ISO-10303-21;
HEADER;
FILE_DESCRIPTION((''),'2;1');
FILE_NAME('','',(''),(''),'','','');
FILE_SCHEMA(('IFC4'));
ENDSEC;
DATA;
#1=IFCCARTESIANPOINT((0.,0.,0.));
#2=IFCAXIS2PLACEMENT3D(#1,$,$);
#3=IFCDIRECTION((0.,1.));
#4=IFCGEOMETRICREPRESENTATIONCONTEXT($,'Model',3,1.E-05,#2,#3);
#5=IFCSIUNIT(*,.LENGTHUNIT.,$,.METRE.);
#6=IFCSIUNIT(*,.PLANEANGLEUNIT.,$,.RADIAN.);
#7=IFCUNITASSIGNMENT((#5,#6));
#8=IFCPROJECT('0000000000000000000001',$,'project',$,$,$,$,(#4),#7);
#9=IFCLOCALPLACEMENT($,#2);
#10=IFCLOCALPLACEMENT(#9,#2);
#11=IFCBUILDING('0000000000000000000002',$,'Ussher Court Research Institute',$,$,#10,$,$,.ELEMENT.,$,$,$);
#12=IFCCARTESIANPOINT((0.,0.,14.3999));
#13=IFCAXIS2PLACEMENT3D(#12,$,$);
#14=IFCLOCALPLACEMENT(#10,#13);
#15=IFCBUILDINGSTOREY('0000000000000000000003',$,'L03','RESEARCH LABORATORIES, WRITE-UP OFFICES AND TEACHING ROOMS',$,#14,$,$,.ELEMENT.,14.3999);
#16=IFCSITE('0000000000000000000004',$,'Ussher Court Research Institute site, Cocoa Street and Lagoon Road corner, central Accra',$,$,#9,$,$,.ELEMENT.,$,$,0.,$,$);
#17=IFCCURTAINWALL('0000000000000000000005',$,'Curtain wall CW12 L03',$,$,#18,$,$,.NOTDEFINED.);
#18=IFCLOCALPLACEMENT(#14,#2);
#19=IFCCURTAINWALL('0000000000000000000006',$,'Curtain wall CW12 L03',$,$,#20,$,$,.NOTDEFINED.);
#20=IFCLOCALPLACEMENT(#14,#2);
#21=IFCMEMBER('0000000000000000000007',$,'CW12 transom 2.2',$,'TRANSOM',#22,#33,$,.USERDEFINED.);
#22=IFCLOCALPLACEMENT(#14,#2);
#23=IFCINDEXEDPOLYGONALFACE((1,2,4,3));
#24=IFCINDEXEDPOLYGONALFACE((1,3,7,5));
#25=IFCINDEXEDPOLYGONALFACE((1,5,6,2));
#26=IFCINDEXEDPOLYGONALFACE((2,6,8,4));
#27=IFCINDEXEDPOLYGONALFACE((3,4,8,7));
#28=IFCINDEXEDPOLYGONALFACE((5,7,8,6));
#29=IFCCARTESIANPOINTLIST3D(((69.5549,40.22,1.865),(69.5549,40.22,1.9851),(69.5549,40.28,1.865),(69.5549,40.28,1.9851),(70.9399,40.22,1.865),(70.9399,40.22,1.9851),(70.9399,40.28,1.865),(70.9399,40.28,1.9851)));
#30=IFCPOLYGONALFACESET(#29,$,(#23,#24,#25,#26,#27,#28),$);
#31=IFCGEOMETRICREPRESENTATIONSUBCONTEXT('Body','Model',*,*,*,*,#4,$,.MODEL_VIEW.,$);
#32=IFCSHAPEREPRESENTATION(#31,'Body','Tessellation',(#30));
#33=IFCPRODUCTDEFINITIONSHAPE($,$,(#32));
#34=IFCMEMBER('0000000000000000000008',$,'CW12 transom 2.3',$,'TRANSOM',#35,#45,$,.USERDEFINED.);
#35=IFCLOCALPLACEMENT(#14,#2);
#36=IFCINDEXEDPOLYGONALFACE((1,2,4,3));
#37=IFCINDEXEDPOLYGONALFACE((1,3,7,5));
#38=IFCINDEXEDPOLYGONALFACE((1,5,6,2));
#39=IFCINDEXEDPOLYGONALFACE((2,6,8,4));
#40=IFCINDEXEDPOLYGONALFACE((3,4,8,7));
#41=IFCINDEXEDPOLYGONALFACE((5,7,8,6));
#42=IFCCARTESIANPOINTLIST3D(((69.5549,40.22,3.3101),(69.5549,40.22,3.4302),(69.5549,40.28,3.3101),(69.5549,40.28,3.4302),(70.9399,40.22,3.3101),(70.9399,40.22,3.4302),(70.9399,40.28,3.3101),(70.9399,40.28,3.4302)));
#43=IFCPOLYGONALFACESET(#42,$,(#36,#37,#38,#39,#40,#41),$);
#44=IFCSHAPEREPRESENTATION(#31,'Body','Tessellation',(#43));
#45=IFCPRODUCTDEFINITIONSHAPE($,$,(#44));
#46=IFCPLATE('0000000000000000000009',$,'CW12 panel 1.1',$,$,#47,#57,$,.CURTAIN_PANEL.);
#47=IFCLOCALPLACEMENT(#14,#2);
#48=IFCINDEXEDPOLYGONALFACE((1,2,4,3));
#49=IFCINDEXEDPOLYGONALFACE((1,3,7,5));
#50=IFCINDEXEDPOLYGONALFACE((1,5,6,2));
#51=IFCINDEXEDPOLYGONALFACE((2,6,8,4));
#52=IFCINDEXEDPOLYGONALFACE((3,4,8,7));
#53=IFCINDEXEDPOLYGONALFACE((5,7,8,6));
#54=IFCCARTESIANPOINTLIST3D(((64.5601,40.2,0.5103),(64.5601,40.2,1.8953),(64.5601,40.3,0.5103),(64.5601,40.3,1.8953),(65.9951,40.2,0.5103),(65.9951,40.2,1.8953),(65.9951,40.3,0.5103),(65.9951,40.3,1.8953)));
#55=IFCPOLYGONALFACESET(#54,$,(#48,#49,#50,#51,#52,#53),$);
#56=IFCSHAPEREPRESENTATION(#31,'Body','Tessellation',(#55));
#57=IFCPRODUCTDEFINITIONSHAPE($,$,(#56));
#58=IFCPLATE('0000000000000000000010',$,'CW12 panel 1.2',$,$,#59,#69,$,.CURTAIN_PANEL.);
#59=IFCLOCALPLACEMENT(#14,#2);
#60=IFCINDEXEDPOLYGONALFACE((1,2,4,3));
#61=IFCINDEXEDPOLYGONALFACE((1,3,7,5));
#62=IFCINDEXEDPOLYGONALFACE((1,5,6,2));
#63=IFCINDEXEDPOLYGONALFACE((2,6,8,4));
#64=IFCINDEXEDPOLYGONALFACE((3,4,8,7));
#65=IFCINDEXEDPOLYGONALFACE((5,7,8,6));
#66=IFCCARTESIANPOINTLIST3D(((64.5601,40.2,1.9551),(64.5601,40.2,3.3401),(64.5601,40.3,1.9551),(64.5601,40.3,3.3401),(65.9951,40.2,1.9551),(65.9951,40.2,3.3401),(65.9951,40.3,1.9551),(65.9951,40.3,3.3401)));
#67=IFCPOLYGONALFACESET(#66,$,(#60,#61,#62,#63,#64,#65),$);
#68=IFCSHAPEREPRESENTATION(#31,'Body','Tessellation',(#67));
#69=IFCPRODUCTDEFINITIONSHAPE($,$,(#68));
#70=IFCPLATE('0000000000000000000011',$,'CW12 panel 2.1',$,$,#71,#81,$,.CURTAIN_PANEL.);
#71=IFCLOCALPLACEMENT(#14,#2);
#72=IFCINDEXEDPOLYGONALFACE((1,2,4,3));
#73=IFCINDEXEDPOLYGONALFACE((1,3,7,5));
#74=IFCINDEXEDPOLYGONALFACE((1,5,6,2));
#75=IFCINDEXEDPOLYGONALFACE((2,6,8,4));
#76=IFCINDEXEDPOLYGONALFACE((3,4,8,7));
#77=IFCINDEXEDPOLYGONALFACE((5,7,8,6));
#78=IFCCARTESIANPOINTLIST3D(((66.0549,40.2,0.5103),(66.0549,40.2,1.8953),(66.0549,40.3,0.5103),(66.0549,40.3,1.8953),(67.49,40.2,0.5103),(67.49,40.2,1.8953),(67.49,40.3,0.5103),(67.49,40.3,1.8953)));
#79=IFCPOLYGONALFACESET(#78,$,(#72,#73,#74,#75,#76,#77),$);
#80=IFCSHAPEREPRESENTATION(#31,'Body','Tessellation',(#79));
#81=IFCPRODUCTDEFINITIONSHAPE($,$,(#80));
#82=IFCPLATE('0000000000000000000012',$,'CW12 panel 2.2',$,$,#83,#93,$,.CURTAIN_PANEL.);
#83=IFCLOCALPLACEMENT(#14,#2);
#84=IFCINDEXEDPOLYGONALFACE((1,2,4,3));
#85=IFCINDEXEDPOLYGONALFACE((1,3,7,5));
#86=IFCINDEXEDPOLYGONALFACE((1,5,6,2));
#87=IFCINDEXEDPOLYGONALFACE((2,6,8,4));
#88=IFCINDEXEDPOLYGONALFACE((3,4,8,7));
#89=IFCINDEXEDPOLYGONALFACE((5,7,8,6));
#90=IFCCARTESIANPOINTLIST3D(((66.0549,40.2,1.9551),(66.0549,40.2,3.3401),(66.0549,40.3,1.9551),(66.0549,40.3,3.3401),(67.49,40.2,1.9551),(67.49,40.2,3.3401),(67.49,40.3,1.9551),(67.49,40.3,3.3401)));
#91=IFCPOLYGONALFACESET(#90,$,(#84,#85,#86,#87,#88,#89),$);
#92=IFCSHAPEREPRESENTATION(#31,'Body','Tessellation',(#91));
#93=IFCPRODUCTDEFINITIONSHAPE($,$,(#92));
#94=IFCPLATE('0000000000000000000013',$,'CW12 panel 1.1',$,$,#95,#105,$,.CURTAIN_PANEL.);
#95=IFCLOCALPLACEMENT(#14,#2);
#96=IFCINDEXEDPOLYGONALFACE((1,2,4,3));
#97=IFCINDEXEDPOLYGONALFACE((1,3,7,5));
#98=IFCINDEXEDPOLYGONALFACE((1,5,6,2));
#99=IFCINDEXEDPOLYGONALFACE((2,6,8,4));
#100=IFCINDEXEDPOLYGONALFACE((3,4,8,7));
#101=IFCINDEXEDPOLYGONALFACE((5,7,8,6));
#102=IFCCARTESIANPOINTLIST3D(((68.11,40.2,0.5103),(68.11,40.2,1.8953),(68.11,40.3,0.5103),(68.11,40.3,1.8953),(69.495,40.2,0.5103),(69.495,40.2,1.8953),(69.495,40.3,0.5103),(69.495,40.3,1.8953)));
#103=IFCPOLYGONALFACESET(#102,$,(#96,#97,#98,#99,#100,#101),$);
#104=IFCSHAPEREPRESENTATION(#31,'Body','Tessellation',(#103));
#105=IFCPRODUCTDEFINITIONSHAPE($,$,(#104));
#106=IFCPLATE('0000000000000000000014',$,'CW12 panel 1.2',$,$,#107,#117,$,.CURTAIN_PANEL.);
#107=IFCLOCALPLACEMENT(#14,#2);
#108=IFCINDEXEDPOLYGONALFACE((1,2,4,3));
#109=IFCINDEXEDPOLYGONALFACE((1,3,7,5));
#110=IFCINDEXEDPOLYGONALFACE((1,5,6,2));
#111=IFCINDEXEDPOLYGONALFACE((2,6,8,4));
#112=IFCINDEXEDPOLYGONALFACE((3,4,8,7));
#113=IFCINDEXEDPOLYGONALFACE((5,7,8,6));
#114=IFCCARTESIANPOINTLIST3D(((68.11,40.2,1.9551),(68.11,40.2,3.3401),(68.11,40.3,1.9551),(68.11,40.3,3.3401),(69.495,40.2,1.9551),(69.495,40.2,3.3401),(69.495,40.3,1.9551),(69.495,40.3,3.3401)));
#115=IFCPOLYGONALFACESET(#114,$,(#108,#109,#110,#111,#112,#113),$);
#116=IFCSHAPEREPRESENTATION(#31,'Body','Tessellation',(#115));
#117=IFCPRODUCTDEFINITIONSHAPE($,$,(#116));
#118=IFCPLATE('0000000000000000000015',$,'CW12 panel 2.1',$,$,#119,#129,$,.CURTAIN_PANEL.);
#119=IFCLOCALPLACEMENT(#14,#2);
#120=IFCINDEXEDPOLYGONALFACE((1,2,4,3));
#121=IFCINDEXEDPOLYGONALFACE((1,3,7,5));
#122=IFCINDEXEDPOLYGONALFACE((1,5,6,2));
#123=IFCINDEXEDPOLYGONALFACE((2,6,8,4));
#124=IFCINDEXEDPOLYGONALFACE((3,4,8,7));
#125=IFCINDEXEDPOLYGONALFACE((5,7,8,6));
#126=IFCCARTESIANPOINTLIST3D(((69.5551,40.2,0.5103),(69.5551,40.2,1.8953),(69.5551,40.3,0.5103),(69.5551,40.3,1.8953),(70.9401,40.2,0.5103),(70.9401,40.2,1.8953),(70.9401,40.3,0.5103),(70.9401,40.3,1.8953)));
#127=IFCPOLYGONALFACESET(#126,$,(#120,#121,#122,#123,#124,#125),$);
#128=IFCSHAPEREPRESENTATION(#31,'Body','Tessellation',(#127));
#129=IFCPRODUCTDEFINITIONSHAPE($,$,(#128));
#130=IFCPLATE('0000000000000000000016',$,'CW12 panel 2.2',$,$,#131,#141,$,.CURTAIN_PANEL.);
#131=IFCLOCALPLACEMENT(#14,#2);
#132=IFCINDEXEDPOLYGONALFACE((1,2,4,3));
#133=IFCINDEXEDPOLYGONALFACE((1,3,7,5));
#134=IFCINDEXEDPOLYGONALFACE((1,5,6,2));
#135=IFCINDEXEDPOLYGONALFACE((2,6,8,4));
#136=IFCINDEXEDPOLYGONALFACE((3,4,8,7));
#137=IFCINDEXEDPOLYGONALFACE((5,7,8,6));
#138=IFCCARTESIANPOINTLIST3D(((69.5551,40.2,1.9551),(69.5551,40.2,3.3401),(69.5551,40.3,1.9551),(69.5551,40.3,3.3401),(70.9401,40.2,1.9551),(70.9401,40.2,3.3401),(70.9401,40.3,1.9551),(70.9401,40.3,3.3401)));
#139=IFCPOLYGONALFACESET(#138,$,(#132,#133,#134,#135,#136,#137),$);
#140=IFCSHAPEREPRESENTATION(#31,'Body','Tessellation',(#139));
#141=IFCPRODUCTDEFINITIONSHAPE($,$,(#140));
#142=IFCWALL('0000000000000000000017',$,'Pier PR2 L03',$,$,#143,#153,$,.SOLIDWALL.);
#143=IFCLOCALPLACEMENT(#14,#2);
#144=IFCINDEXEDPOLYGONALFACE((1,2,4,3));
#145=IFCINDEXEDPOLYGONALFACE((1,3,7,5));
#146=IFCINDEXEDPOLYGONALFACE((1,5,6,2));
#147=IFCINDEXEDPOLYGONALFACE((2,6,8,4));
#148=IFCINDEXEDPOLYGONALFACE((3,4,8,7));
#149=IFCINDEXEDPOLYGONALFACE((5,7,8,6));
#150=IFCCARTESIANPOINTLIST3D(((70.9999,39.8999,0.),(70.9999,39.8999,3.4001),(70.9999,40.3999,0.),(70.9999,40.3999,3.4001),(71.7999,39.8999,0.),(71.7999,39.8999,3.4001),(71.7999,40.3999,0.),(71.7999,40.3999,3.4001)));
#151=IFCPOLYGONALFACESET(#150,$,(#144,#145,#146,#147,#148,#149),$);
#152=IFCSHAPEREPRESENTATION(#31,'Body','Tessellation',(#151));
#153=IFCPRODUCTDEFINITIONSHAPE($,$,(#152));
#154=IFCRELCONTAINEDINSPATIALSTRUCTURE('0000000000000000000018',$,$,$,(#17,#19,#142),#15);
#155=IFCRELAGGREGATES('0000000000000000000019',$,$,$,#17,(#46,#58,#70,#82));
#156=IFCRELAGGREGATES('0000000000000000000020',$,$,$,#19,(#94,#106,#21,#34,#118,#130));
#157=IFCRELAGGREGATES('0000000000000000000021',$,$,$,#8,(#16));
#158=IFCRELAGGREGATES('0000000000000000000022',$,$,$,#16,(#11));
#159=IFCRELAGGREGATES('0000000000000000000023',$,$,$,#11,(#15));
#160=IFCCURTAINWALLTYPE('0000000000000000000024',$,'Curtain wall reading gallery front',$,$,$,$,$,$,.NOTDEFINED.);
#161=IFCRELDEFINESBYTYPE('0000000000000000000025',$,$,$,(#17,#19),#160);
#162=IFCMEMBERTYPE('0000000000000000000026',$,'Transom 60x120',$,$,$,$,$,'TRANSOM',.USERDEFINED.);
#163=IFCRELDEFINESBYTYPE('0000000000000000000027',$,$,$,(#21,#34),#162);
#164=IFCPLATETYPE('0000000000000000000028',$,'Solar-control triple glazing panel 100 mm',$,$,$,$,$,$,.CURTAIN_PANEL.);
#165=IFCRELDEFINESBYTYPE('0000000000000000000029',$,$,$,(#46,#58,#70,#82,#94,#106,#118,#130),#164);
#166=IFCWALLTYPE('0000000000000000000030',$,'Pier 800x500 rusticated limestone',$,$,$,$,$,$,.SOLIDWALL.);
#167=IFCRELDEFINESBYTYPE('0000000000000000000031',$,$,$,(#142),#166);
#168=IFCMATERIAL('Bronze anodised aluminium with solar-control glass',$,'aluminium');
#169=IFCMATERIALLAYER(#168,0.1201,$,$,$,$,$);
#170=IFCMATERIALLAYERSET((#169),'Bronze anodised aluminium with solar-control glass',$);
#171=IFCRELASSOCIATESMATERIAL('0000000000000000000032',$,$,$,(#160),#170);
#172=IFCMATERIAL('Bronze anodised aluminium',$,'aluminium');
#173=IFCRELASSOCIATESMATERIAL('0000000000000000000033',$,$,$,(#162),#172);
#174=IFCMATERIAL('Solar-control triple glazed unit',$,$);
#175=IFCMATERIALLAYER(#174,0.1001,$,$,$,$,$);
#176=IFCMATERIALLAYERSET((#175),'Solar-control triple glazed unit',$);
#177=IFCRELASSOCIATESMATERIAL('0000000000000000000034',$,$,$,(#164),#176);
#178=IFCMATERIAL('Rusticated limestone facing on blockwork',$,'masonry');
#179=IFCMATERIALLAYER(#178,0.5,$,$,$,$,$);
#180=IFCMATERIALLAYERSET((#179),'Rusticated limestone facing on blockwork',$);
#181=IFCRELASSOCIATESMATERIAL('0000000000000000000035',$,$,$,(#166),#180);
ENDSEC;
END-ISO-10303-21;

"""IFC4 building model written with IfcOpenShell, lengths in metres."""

from ifc_helpers import new_model, si_unit, direction, frame, frame_2d, origin, origin_2d, place, context, subcontext, project, spatial, rectangle, extrude, material, layer, layer_set, material_profile, profile_set, type_object, element, aggregate, save


model = new_model("IFC4")

# Units and contexts
model_context = context("Model", 3, precision=1e-05, world=origin(), true_north=direction((0.0, 1.0)))
body_context = subcontext(model_context, "Body", "Model", "MODEL_VIEW")
ifc_project = project(units=[si_unit("LENGTHUNIT", "METRE"), si_unit("PLANEANGLEUNIT", "RADIAN")], contexts=[model_context])

# Site, building, storey
site_placement = place(None, origin())
site = spatial("IfcSite", under=ifc_project, at=site_placement, Name="Ussher Court Research Institute site, Cocoa Street and Lagoon Road corner, central Accra", CompositionType="ELEMENT", RefElevation=0.0)
building_placement = place(site_placement, origin())
building = spatial("IfcBuilding", under=site, at=building_placement, Name="Ussher Court Research Institute", CompositionType="ELEMENT")
storey_placement = place(building_placement, frame((0.0, 0.0, 14.3999)))
storey = spatial("IfcBuildingStorey", under=building, at=storey_placement, Name="L03", Description="RESEARCH LABORATORIES, WRITE-UP OFFICES AND TEACHING ROOMS", CompositionType="ELEMENT", Elevation=14.3999)

# Curtain walls
ifc_material_1 = material(Name="Bronze anodised aluminium with solar-control glass", Category="aluminium")
ifc_layer_1 = layer(ifc_material_1, 0.1201)
ifc_layer_set_1 = layer_set([ifc_layer_1], Name="Bronze anodised aluminium with solar-control glass")
curtain_wall_type = type_object("IfcCurtainWallType", Name="Curtain wall reading gallery front", PredefinedType="NOTDEFINED", material=ifc_layer_set_1)
curtain_wall_1_placement = place(storey_placement, origin())
curtain_wall_1 = element("IfcCurtainWall", 1, at=curtain_wall_1_placement, inside=storey, type_object=curtain_wall_type, Name="Curtain wall CW12 L03", PredefinedType="NOTDEFINED")
curtain_wall_2_placement = place(storey_placement, origin())
curtain_wall_2 = element("IfcCurtainWall", 2, at=curtain_wall_2_placement, inside=storey, type_object=curtain_wall_type, Name="Curtain wall CW12 L03", PredefinedType="NOTDEFINED")

# Members
ifc_material_2 = material(Name="Bronze anodised aluminium", Category="aluminium")
ifc_material_profile_1 = material_profile(ifc_material_2, rectangle(XDim=0.0601, YDim=0.1201, at=origin_2d()), Name="Transom 60x120")
ifc_profile_set_1 = profile_set([ifc_material_profile_1], Name="Bronze anodised aluminium")
member_type_1 = type_object("IfcMemberType", Name="Transom 60x120", ElementType="TRANSOM", PredefinedType="USERDEFINED", material=ifc_profile_set_1)
member_1_placement = place(storey_placement, frame((69.5549, 40.25, 1.925), z_axis=(1.0, 0.0, 0.0), x_axis=(0.0, 1.0, 0.0)))
member_1 = element("IfcMember", 3, at=member_1_placement, type_object=member_type_1, Name="CW12 transom 2.2", ObjectType="TRANSOM", PredefinedType="USERDEFINED", context=body_context, shape_type="SweptSolid", body=[
    extrude(rectangle(XDim=0.0601, YDim=0.1201, at=origin_2d()), origin(), (0.0, 0.0, 1.0), 1.385),
])
member_2_placement = place(storey_placement, frame((69.5549, 40.25, 3.3701), z_axis=(1.0, 0.0, 0.0), x_axis=(0.0, 1.0, 0.0)))
member_2 = element("IfcMember", 4, at=member_2_placement, type_object=member_type_1, Name="CW12 transom 2.3", ObjectType="TRANSOM", PredefinedType="USERDEFINED", context=body_context, shape_type="SweptSolid", body=[
    extrude(rectangle(XDim=0.0601, YDim=0.1201, at=origin_2d()), origin(), (0.0, 0.0, 1.0), 1.385),
])

# Plates
ifc_material_3 = material(Name="Solar-control triple glazed unit")
ifc_layer_2 = layer(ifc_material_3, 0.1001)
ifc_layer_set_2 = layer_set([ifc_layer_2], Name="Solar-control triple glazed unit")
plate_type = type_object("IfcPlateType", Name="Solar-control triple glazing panel 100 mm", PredefinedType="CURTAIN_PANEL", material=ifc_layer_set_2)
plate_1_placement = place(storey_placement, frame((65.2776, 40.25, 0.5103), z_axis=(0.0, 0.0, 1.0), x_axis=(1.0, 0.0, 0.0)))
plate_1 = element("IfcPlate", 5, at=plate_1_placement, type_object=plate_type, Name="CW12 panel 1.1", PredefinedType="CURTAIN_PANEL", context=body_context, shape_type="SweptSolid", body=[
    extrude(rectangle(XDim=1.4351, YDim=0.1001, at=origin_2d()), origin(), (0.0, 0.0, 1.0), 1.385),
])
plate_2_placement = place(storey_placement, frame((65.2776, 40.25, 1.9551), z_axis=(0.0, 0.0, 1.0), x_axis=(1.0, 0.0, 0.0)))
plate_2 = element("IfcPlate", 6, at=plate_2_placement, type_object=plate_type, Name="CW12 panel 1.2", PredefinedType="CURTAIN_PANEL", context=body_context, shape_type="SweptSolid", body=[
    extrude(rectangle(XDim=1.4351, YDim=0.1001, at=origin_2d()), origin(), (0.0, 0.0, 1.0), 1.385),
])
plate_3_placement = place(storey_placement, frame((66.7725, 40.25, 0.5103), z_axis=(0.0, 0.0, 1.0), x_axis=(1.0, 0.0, 0.0)))
plate_3 = element("IfcPlate", 7, at=plate_3_placement, type_object=plate_type, Name="CW12 panel 2.1", PredefinedType="CURTAIN_PANEL", context=body_context, shape_type="SweptSolid", body=[
    extrude(rectangle(XDim=1.4351, YDim=0.1001, at=origin_2d()), origin(), (0.0, 0.0, 1.0), 1.385),
])
plate_4_placement = place(storey_placement, frame((66.7725, 40.25, 1.9551), z_axis=(0.0, 0.0, 1.0), x_axis=(1.0, 0.0, 0.0)))
plate_4 = element("IfcPlate", 8, at=plate_4_placement, type_object=plate_type, Name="CW12 panel 2.2", PredefinedType="CURTAIN_PANEL", context=body_context, shape_type="SweptSolid", body=[
    extrude(rectangle(XDim=1.4351, YDim=0.1001, at=origin_2d()), origin(), (0.0, 0.0, 1.0), 1.385),
])
aggregate(curtain_wall_1, [plate_1, plate_2, plate_3, plate_4])
plate_5_placement = place(storey_placement, frame((68.8025, 40.25, 0.5103), z_axis=(0.0, 0.0, 1.0), x_axis=(1.0, 0.0, 0.0)))
plate_5 = element("IfcPlate", 9, at=plate_5_placement, type_object=plate_type, Name="CW12 panel 1.1", PredefinedType="CURTAIN_PANEL", context=body_context, shape_type="SweptSolid", body=[
    extrude(rectangle(XDim=1.385, YDim=0.1001, at=origin_2d()), origin(), (0.0, 0.0, 1.0), 1.385),
])
plate_6_placement = place(storey_placement, frame((68.8025, 40.25, 1.9551), z_axis=(0.0, 0.0, 1.0), x_axis=(1.0, 0.0, 0.0)))
plate_6 = element("IfcPlate", 10, at=plate_6_placement, type_object=plate_type, Name="CW12 panel 1.2", PredefinedType="CURTAIN_PANEL", context=body_context, shape_type="SweptSolid", body=[
    extrude(rectangle(XDim=1.385, YDim=0.1001, at=origin_2d()), origin(), (0.0, 0.0, 1.0), 1.385),
])
plate_7_placement = place(storey_placement, frame((70.2476, 40.25, 0.5103), z_axis=(0.0, 0.0, 1.0), x_axis=(1.0, 0.0, 0.0)))
plate_7 = element("IfcPlate", 11, at=plate_7_placement, type_object=plate_type, Name="CW12 panel 2.1", PredefinedType="CURTAIN_PANEL", context=body_context, shape_type="SweptSolid", body=[
    extrude(rectangle(XDim=1.385, YDim=0.1001, at=origin_2d()), origin(), (0.0, 0.0, 1.0), 1.385),
])
plate_8_placement = place(storey_placement, frame((70.2476, 40.25, 1.9551), z_axis=(0.0, 0.0, 1.0), x_axis=(1.0, 0.0, 0.0)))
plate_8 = element("IfcPlate", 12, at=plate_8_placement, type_object=plate_type, Name="CW12 panel 2.2", PredefinedType="CURTAIN_PANEL", context=body_context, shape_type="SweptSolid", body=[
    extrude(rectangle(XDim=1.385, YDim=0.1001, at=origin_2d()), origin(), (0.0, 0.0, 1.0), 1.385),
])
aggregate(curtain_wall_2, [plate_5, plate_6, member_1, member_2, plate_7, plate_8])

# Wall
ifc_material_4 = material(Name="Rusticated limestone facing on blockwork", Category="masonry")
ifc_layer_3 = layer(ifc_material_4, 0.5)
ifc_layer_set_3 = layer_set([ifc_layer_3], Name="Rusticated limestone facing on blockwork")
wall_type = type_object("IfcWallType", Name="Pier 800x500 rusticated limestone", PredefinedType="SOLIDWALL", material=ifc_layer_set_3)
wall_placement = place(storey_placement, frame((71.0, 40.1499, 0.0), z_axis=(0.0, 0.0, 1.0), x_axis=(1.0, 0.0, 0.0)))
element("IfcWall", 13, at=wall_placement, inside=storey, type_object=wall_type, Name="Pier PR2 L03", PredefinedType="SOLIDWALL", context=body_context, shape_type="SweptSolid", body=[
    extrude(rectangle(XDim=0.8, YDim=0.5, at=frame_2d((0.3999, 0.0))), origin(), (0.0, 0.0, 1.0), 3.4001),
])

save(model, "model.ifc")
